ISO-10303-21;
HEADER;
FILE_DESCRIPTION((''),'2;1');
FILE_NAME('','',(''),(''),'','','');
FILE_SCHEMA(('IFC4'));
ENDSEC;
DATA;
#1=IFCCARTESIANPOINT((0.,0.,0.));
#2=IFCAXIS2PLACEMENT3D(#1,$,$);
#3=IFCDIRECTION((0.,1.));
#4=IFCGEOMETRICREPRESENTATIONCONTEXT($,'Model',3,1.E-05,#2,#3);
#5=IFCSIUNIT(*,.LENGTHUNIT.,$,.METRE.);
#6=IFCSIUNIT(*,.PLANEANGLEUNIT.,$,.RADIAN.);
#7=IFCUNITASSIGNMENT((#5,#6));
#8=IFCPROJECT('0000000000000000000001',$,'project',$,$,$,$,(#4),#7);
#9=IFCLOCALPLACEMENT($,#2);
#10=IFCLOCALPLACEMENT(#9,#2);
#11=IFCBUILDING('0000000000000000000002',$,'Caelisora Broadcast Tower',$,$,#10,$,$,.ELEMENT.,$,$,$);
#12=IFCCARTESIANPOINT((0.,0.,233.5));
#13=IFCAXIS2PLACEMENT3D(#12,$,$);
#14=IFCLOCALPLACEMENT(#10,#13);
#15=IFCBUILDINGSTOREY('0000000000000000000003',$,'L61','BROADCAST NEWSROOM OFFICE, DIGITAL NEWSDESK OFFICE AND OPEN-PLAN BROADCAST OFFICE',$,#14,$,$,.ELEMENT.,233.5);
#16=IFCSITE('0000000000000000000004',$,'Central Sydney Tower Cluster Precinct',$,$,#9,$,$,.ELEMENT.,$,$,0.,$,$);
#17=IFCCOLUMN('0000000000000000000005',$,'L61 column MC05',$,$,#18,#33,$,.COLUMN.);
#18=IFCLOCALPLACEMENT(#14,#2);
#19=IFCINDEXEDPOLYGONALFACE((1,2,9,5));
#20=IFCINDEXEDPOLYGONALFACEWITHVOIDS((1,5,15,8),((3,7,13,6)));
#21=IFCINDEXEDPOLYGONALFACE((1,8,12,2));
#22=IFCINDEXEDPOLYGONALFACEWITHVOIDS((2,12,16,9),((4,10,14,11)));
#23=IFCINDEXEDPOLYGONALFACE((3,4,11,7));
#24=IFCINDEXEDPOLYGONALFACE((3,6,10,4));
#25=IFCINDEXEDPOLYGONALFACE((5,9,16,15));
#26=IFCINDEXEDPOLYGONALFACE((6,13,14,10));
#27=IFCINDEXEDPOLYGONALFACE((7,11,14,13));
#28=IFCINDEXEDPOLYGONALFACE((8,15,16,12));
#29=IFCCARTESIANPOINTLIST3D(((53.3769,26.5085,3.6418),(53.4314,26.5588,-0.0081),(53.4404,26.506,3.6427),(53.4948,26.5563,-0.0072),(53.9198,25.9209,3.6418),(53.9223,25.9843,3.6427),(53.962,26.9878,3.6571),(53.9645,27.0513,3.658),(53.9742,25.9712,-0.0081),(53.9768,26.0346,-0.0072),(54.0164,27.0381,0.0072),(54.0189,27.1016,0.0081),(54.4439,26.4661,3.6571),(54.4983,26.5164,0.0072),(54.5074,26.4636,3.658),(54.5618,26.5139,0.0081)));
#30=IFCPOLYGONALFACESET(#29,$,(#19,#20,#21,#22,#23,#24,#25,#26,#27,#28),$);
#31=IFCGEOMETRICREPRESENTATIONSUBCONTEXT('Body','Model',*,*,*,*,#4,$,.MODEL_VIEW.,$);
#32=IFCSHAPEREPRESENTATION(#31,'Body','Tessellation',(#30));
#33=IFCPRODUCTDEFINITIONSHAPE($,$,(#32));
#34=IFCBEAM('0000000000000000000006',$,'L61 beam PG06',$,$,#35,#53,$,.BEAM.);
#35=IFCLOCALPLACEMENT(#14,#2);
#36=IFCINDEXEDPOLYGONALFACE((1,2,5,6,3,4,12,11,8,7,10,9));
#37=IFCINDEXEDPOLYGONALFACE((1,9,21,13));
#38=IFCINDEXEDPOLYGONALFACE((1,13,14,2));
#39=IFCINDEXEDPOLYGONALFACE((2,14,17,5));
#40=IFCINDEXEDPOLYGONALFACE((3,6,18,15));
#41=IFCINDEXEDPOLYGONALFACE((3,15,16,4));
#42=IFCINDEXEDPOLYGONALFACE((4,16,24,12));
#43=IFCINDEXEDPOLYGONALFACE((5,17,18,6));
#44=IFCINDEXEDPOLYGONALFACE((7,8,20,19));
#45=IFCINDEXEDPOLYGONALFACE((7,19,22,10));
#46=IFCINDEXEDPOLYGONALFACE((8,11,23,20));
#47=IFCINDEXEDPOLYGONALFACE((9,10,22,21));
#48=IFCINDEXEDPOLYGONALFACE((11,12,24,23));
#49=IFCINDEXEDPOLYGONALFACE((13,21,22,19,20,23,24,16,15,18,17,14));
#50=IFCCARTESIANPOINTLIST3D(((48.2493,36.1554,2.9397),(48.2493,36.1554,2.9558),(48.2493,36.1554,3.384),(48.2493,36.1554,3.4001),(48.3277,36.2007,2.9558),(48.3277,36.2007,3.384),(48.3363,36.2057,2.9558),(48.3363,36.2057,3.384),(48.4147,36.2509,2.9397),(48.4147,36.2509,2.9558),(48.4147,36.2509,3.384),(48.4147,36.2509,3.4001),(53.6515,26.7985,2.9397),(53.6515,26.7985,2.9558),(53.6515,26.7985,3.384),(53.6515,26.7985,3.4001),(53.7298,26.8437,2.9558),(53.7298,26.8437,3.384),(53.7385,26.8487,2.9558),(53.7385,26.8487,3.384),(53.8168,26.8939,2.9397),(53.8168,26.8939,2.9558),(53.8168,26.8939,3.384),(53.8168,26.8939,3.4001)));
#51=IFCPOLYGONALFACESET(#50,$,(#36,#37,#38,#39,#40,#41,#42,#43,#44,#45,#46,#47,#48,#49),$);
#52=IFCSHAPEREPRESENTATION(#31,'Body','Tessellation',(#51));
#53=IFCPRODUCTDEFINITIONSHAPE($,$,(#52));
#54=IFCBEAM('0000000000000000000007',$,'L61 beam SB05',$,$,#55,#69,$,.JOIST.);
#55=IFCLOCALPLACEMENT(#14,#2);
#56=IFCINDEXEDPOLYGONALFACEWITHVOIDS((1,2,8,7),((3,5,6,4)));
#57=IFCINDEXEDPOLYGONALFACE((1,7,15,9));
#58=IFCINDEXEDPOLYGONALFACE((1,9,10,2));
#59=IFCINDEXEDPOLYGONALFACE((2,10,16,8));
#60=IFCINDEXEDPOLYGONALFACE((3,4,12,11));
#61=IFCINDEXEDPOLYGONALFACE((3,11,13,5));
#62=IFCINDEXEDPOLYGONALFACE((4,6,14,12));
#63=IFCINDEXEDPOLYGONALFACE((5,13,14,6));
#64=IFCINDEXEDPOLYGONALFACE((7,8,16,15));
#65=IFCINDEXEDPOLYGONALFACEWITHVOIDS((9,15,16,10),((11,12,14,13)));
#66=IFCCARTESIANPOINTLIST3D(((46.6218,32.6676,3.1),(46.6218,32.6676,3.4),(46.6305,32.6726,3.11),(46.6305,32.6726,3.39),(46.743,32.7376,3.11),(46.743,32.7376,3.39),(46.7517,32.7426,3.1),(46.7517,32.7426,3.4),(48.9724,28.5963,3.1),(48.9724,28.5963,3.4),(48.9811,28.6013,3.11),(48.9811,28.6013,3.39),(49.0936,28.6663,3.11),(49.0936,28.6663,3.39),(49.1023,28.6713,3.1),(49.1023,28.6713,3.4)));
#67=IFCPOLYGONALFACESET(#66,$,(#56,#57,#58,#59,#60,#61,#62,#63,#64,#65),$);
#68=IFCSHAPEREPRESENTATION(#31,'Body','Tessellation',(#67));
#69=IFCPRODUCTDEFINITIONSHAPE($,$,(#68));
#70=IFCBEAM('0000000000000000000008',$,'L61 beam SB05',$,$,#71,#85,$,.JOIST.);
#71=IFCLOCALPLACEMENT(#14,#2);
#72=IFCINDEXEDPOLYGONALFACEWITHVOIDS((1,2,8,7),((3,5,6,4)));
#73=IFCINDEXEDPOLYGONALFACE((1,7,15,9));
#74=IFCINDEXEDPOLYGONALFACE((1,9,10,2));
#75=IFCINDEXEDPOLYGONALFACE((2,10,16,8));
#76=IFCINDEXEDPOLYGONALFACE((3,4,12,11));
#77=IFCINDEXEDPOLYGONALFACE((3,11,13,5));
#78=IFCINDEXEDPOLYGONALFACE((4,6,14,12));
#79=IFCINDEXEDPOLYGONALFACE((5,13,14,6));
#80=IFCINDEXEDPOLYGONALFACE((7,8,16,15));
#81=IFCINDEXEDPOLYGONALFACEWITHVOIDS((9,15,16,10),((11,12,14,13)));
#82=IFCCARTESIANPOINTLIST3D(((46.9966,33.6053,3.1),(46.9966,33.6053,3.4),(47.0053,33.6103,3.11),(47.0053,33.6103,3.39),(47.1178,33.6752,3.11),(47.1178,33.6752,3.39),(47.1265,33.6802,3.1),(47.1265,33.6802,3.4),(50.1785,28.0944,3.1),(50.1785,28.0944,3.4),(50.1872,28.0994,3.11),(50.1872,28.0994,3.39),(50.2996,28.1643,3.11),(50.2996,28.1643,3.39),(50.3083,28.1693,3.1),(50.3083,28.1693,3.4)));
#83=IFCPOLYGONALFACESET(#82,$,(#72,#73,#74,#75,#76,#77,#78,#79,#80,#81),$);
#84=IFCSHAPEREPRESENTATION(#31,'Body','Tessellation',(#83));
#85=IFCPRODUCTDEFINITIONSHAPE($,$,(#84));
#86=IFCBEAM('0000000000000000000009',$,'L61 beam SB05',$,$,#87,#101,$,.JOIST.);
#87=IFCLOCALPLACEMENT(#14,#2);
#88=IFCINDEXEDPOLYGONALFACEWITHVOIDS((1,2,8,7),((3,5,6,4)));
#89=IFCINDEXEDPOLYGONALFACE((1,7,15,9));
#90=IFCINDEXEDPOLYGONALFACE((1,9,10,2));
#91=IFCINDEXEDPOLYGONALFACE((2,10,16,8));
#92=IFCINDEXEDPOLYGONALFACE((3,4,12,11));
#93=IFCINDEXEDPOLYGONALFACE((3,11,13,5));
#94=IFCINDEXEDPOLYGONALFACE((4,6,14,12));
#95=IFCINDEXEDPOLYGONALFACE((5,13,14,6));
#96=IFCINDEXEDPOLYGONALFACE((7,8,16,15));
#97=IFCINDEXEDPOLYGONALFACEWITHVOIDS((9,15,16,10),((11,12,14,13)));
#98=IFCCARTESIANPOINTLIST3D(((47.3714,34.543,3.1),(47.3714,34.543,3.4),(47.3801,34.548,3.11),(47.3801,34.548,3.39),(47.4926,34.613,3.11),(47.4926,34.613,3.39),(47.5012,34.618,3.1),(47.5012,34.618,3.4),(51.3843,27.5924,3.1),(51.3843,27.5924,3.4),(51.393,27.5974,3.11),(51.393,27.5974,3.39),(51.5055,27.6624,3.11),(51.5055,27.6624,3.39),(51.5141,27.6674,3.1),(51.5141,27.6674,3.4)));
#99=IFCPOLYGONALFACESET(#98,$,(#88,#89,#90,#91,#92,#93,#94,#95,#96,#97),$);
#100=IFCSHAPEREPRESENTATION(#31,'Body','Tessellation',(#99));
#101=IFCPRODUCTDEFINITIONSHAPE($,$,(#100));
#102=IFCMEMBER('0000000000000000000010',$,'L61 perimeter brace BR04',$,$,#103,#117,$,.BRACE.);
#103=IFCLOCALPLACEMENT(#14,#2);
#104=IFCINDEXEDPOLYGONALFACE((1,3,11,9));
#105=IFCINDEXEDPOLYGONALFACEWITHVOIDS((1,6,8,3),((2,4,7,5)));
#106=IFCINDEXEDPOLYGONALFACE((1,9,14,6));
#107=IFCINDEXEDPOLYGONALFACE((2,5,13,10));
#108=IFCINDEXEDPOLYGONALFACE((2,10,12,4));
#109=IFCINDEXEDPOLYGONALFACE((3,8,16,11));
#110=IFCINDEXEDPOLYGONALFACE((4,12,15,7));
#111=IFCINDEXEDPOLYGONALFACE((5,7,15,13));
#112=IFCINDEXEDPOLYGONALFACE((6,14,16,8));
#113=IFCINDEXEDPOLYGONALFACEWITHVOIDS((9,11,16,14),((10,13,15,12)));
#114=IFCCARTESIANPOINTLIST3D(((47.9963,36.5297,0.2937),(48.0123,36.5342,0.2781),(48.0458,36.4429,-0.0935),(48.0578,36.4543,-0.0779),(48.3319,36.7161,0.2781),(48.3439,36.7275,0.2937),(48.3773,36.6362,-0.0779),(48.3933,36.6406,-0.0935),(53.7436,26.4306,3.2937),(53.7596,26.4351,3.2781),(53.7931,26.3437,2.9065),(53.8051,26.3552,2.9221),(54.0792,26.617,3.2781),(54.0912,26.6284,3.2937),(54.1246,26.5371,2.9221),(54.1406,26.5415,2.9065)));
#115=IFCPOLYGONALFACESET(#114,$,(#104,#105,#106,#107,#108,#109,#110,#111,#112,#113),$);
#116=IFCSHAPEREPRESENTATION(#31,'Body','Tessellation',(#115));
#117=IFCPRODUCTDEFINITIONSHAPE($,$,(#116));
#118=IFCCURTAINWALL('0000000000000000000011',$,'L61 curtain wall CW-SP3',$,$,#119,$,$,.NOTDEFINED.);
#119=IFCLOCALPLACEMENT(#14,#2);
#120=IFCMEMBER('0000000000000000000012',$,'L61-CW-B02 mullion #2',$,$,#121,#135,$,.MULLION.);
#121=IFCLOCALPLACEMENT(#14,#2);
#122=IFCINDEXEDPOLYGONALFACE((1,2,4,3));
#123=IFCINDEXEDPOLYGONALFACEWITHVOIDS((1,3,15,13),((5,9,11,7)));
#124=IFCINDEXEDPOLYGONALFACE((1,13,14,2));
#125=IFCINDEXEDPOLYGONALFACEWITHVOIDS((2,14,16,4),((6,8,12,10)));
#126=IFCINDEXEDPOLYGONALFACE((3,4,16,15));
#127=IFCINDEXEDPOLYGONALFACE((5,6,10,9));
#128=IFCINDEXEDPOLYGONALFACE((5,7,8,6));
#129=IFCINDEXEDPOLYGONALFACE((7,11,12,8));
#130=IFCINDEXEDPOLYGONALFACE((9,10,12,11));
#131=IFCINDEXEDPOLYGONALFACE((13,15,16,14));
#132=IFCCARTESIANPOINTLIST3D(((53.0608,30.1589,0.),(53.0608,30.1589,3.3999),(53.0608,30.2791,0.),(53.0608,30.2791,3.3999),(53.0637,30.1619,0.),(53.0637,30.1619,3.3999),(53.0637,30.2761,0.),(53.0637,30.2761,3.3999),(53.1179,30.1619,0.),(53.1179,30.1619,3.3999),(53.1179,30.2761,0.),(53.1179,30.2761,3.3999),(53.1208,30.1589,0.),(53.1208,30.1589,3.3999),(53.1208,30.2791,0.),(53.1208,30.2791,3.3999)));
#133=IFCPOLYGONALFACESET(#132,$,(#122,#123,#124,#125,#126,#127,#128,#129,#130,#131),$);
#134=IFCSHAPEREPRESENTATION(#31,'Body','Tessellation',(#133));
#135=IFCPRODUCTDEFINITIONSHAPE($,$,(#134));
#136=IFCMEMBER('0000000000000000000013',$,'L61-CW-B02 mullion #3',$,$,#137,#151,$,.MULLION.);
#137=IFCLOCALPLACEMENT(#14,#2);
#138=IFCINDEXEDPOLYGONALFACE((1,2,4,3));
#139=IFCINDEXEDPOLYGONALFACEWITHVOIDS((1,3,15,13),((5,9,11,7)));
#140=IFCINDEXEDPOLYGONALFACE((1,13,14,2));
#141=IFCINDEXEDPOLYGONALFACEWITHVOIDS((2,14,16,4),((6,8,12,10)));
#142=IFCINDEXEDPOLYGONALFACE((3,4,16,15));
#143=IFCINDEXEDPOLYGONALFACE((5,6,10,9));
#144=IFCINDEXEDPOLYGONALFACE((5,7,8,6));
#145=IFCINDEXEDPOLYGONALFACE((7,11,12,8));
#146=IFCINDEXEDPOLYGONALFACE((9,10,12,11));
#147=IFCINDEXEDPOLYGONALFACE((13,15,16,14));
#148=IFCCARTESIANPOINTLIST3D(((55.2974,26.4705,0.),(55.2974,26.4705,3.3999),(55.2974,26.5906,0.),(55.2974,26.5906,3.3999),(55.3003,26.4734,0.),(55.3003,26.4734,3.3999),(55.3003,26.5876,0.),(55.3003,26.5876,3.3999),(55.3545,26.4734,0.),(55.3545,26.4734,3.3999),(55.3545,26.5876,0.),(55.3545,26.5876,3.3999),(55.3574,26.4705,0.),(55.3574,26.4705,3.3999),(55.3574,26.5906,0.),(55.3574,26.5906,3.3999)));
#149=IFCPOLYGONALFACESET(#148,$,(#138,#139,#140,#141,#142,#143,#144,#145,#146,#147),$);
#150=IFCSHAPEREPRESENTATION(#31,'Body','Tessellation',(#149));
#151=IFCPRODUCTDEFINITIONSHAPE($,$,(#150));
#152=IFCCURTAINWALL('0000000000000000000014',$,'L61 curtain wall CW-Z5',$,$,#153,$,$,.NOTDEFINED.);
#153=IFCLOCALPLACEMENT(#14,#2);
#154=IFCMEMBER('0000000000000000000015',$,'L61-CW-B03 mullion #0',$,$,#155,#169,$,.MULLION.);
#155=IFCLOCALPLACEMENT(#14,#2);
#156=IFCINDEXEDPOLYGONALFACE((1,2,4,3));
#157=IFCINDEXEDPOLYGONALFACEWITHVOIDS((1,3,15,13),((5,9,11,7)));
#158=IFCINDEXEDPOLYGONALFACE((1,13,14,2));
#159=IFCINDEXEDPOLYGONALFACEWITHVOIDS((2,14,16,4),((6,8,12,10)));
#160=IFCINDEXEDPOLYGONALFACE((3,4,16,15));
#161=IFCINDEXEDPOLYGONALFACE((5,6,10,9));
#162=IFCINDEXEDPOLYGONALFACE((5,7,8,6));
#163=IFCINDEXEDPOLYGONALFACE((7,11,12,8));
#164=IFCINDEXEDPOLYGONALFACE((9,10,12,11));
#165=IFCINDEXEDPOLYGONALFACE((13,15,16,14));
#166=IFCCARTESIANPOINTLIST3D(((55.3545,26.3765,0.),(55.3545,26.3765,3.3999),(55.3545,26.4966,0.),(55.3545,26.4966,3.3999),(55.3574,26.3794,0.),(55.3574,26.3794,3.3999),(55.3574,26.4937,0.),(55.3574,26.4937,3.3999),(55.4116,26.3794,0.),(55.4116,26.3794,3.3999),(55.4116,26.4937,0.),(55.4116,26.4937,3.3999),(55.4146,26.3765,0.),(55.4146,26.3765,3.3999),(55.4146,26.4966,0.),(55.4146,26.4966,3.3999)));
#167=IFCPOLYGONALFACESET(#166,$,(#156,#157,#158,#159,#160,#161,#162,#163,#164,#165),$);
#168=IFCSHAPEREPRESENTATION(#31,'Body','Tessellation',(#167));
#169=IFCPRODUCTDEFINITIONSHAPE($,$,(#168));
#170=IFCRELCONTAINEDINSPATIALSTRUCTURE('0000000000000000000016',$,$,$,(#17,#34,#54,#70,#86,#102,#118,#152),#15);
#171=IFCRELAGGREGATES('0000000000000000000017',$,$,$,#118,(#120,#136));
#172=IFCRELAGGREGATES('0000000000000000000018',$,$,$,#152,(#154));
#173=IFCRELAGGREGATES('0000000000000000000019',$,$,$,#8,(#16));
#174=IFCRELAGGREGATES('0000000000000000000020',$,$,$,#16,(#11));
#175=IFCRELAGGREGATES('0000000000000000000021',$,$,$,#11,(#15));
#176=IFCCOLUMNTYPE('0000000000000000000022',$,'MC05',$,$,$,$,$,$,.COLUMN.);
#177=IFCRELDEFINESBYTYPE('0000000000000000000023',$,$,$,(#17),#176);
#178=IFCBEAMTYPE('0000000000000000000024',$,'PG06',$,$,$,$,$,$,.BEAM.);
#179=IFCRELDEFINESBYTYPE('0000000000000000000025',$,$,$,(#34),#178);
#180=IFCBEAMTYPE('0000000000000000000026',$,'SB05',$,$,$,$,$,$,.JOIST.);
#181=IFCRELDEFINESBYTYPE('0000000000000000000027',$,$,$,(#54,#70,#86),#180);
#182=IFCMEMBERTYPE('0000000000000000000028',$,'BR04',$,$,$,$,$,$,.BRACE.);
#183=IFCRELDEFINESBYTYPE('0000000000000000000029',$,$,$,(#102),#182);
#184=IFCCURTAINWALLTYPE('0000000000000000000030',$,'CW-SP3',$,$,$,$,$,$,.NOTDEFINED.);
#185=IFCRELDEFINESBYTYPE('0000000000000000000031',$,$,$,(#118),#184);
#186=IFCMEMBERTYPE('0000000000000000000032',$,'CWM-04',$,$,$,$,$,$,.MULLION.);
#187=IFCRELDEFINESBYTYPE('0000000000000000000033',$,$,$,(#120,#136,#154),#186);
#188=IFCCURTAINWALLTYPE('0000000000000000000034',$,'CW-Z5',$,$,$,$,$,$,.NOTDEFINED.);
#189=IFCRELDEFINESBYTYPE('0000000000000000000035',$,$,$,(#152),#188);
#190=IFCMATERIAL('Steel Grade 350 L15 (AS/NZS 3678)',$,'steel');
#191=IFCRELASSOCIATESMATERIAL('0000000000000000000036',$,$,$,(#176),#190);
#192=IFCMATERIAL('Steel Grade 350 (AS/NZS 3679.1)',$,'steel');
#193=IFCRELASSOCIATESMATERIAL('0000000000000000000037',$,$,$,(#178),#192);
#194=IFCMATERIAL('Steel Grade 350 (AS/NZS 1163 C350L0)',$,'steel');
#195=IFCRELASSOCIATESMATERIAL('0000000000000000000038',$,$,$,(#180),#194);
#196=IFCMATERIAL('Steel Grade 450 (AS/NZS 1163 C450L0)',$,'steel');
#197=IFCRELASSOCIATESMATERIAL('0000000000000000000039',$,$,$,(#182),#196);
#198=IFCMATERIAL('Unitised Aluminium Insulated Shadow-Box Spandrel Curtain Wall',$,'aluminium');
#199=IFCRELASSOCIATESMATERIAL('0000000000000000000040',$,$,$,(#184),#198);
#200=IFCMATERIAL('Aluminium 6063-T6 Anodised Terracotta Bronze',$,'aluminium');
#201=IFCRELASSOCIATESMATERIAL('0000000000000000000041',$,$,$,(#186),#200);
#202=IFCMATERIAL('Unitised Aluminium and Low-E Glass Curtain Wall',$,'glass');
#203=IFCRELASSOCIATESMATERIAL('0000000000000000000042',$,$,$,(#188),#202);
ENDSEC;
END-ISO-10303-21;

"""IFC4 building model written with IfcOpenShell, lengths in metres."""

from ifc_helpers import new_model, si_unit, direction, frame, origin, origin_2d, place, context, subcontext, project, spatial, hollow_rectangle, i_section, extrude, source, transform, mapped, material, material_profile, profile_set, type_object, type_shapes, element, aggregate, save


model = new_model("IFC4")

# Units and contexts
model_context = context("Model", 3, precision=1e-05, world=origin(), true_north=direction((0.0, 1.0)))
body_context = subcontext(model_context, "Body", "Model", "MODEL_VIEW")
ifc_project = project(units=[si_unit("LENGTHUNIT", "METRE"), si_unit("PLANEANGLEUNIT", "RADIAN")], contexts=[model_context])

# Site, building, storey
site_placement = place(None, origin())
site = spatial("IfcSite", under=ifc_project, at=site_placement, Name="Central Sydney Tower Cluster Precinct", CompositionType="ELEMENT", RefElevation=0.0)
building_placement = place(site_placement, origin())
building = spatial("IfcBuilding", under=site, at=building_placement, Name="Caelisora Broadcast Tower", CompositionType="ELEMENT")
storey_placement = place(building_placement, frame((0.0, 0.0, 233.5)))
storey = spatial("IfcBuildingStorey", under=building, at=storey_placement, Name="L61", Description="BROADCAST NEWSROOM OFFICE, DIGITAL NEWSDESK OFFICE AND OPEN-PLAN BROADCAST OFFICE", CompositionType="ELEMENT", Elevation=233.5)

# Column
ifc_material_1 = material(Name="Steel Grade 350 L15 (AS/NZS 3678)", Category="steel")
ifc_material_profile_1 = material_profile(ifc_material_1, hollow_rectangle(XDim=0.8, YDim=0.8, WallThickness=0.0449, at=origin_2d()), Name="Steel Grade 350 L15 (AS/NZS 3678)")
ifc_profile_set_1 = profile_set([ifc_material_profile_1], Name="Steel Grade 350 L15 (AS/NZS 3678)")
column_type = type_object("IfcColumnType", Name="MC05", PredefinedType="COLUMN", material=ifc_profile_set_1)
shared_shape_1 = source(origin(), body_context, "Body", "SweptSolid", [
    extrude(hollow_rectangle(XDim=0.8, YDim=0.8, WallThickness=0.0449, at=origin_2d()), origin(), (0.0, 0.0, 1.0), 3.6506),
])
type_shapes(column_type, [shared_shape_1])
column_placement = place(storey_placement, frame((53.9966, 26.5364, 0.0), z_axis=(-0.014913, -0.013776, 0.999794), x_axis=(0.678554, -0.734551, 0.0)))
element("IfcColumn", 1, at=column_placement, inside=storey, type_object=column_type, Name="L61 column MC05", PredefinedType="COLUMN", context=body_context, shape_type="MappedRepresentation", body=[
    mapped(shared_shape_1, transform((0.0, 0.0, 0.0), scale=1.0)),
])

# Beams
ifc_material_2 = material(Name="Steel Grade 350 (AS/NZS 3679.1)", Category="steel")
ifc_material_profile_2 = material_profile(ifc_material_2, i_section(OverallWidth=0.1909, OverallDepth=0.4604, WebThickness=0.01, FlangeThickness=0.0161, at=origin_2d()), Name="Steel Grade 350 (AS/NZS 3679.1)")
ifc_profile_set_2 = profile_set([ifc_material_profile_2], Name="Steel Grade 350 (AS/NZS 3679.1)")
beam_type_1 = type_object("IfcBeamType", Name="PG06", PredefinedType="BEAM", material=ifc_profile_set_2)
shared_shape_2 = source(origin(), body_context, "Body", "SweptSolid", [
    extrude(i_section(OverallWidth=0.1909, OverallDepth=0.4604, WebThickness=0.01, FlangeThickness=0.0161, at=origin_2d()), origin(), (0.0, 0.0, 1.0), 10.8044),
])
type_shapes(beam_type_1, [shared_shape_2])
beam_1_placement = place(storey_placement, frame((53.7341, 26.8462, 3.1699), z_axis=(-0.499991, 0.866031, 0.0), x_axis=(-0.866031, -0.499991, 0.0)))
element("IfcBeam", 2, at=beam_1_placement, inside=storey, type_object=beam_type_1, Name="L61 beam PG06", PredefinedType="BEAM", context=body_context, shape_type="MappedRepresentation", body=[
    mapped(shared_shape_2, transform((0.0, 0.0, 0.0), scale=1.0)),
])
ifc_material_3 = material(Name="Steel Grade 350 (AS/NZS 1163 C350L0)", Category="steel")
ifc_material_profile_3 = material_profile(ifc_material_3, hollow_rectangle(XDim=0.1499, YDim=0.3, WallThickness=0.01, at=origin_2d()), Name="Steel Grade 350 (AS/NZS 1163 C350L0)")
ifc_profile_set_3 = profile_set([ifc_material_profile_3], Name="Steel Grade 350 (AS/NZS 1163 C350L0)")
beam_type_2 = type_object("IfcBeamType", Name="SB05", PredefinedType="JOIST", material=ifc_profile_set_3)
shared_shape_3 = source(origin(), body_context, "Body", "SweptSolid", [
    extrude(hollow_rectangle(XDim=0.1499, YDim=0.3, WallThickness=0.01, at=origin_2d()), origin(), (0.0, 0.0, 1.0), 4.7012),
])
beam_2_placement = place(storey_placement, frame((49.0374, 28.6338, 3.25), z_axis=(-0.500004, 0.866023, 0.0), x_axis=(-0.866023, -0.500004, 0.0)))
element("IfcBeam", 3, at=beam_2_placement, inside=storey, type_object=beam_type_2, Name="L61 beam SB05", PredefinedType="JOIST", context=body_context, shape_type="MappedRepresentation", body=[
    mapped(shared_shape_3, transform((0.0, 0.0, 0.0), scale=1.0)),
])
shared_shape_4 = source(origin(), body_context, "Body", "SweptSolid", [
    extrude(hollow_rectangle(XDim=0.1499, YDim=0.3, WallThickness=0.01, at=origin_2d()), origin(), (0.0, 0.0, 1.0), 6.3635),
])
beam_3_placement = place(storey_placement, frame((50.2434, 28.1318, 3.25), z_axis=(-0.500014, 0.866018, 0.0), x_axis=(-0.866018, -0.500014, 0.0)))
element("IfcBeam", 4, at=beam_3_placement, inside=storey, type_object=beam_type_2, Name="L61 beam SB05", PredefinedType="JOIST", context=body_context, shape_type="MappedRepresentation", body=[
    mapped(shared_shape_4, transform((0.0, 0.0, 0.0), scale=1.0)),
])
shared_shape_5 = source(origin(), body_context, "Body", "SweptSolid", [
    extrude(hollow_rectangle(XDim=0.1499, YDim=0.3, WallThickness=0.01, at=origin_2d()), origin(), (0.0, 0.0, 1.0), 8.0259),
])
type_shapes(beam_type_2, [shared_shape_3, shared_shape_4, shared_shape_5])
beam_4_placement = place(storey_placement, frame((51.4492, 27.6299, 3.25), z_axis=(-0.499996, 0.866028, 0.0), x_axis=(-0.866028, -0.499996, 0.0)))
element("IfcBeam", 5, at=beam_4_placement, inside=storey, type_object=beam_type_2, Name="L61 beam SB05", PredefinedType="JOIST", context=body_context, shape_type="MappedRepresentation", body=[
    mapped(shared_shape_5, transform((0.0, 0.0, 0.0), scale=1.0)),
])

# Member
ifc_material_4 = material(Name="Steel Grade 450 (AS/NZS 1163 C450L0)", Category="steel")
ifc_material_profile_4 = material_profile(ifc_material_4, hollow_rectangle(XDim=0.3999, YDim=0.3999, WallThickness=0.0161, at=origin_2d()), Name="Steel Grade 450 (AS/NZS 1163 C450L0)")
ifc_profile_set_4 = profile_set([ifc_material_profile_4], Name="Steel Grade 450 (AS/NZS 1163 C450L0)")
member_type_1 = type_object("IfcMemberType", Name="BR04", PredefinedType="BRACE", material=ifc_profile_set_4)
shared_shape_6 = source(origin(), body_context, "Body", "SweptSolid", [
    extrude(hollow_rectangle(XDim=0.3999, YDim=0.3999, WallThickness=0.0161, at=origin_2d()), origin(), (0.0, 0.0, 1.0), 12.001),
])
type_shapes(member_type_1, [shared_shape_6])
member_1_placement = place(storey_placement, frame((53.9421, 26.4861, 3.1001), z_axis=(-0.478903, 0.841524, -0.249979), x_axis=(-0.869117, -0.494606, 0.0)))
element("IfcMember", 6, at=member_1_placement, inside=storey, type_object=member_type_1, Name="L61 perimeter brace BR04", PredefinedType="BRACE", context=body_context, shape_type="MappedRepresentation", body=[
    mapped(shared_shape_6, transform((0.0, 0.0, 0.0), scale=1.0)),
])

# Curtain walls, members
ifc_material_5 = material(Name="Unitised Aluminium Insulated Shadow-Box Spandrel Curtain Wall", Category="aluminium")
curtain_wall_type_1 = type_object("IfcCurtainWallType", Name="CW-SP3", PredefinedType="NOTDEFINED", material=ifc_material_5)
curtain_wall_1_placement = place(storey_placement, origin())
curtain_wall_1 = element("IfcCurtainWall", 7, at=curtain_wall_1_placement, inside=storey, type_object=curtain_wall_type_1, Name="L61 curtain wall CW-SP3", PredefinedType="NOTDEFINED")
ifc_material_6 = material(Name="Aluminium 6063-T6 Anodised Terracotta Bronze", Category="aluminium")
ifc_material_profile_5 = material_profile(ifc_material_6, hollow_rectangle(XDim=0.0601, YDim=0.1201, WallThickness=0.0029, at=origin_2d()), Name="Aluminium 6063-T6 Anodised Terracotta Bronze")
ifc_profile_set_5 = profile_set([ifc_material_profile_5], Name="Aluminium 6063-T6 Anodised Terracotta Bronze")
member_type_2 = type_object("IfcMemberType", Name="CWM-04", PredefinedType="MULLION", material=ifc_profile_set_5)
shared_shape_7 = source(origin(), body_context, "Body", "SweptSolid", [
    extrude(hollow_rectangle(XDim=0.0601, YDim=0.1201, WallThickness=0.0029, at=origin_2d()), origin(), (0.0, 0.0, 1.0), 3.3999),
])
type_shapes(member_type_2, [shared_shape_7])
member_2_placement = place(storey_placement, frame((53.0908, 30.219, 0.0), z_axis=(0.0, 0.0, 1.0), x_axis=(1.0, 0.0, 0.0)))
member_2 = element("IfcMember", 8, at=member_2_placement, type_object=member_type_2, Name="L61-CW-B02 mullion #2", PredefinedType="MULLION", context=body_context, shape_type="MappedRepresentation", body=[
    mapped(shared_shape_7, transform((0.0, 0.0, 0.0), scale=1.0)),
])
member_3_placement = place(storey_placement, frame((55.3274, 26.5305, 0.0), z_axis=(0.0, 0.0, 1.0), x_axis=(1.0, 0.0, 0.0)))
member_3 = element("IfcMember", 9, at=member_3_placement, type_object=member_type_2, Name="L61-CW-B02 mullion #3", PredefinedType="MULLION", context=body_context, shape_type="MappedRepresentation", body=[
    mapped(shared_shape_7, transform((0.0, 0.0, 0.0), scale=1.0)),
])
ifc_material_7 = material(Name="Unitised Aluminium and Low-E Glass Curtain Wall", Category="glass")
curtain_wall_type_2 = type_object("IfcCurtainWallType", Name="CW-Z5", PredefinedType="NOTDEFINED", material=ifc_material_7)
curtain_wall_2_placement = place(storey_placement, origin())
curtain_wall_2 = element("IfcCurtainWall", 10, at=curtain_wall_2_placement, inside=storey, type_object=curtain_wall_type_2, Name="L61 curtain wall CW-Z5", PredefinedType="NOTDEFINED")
member_4_placement = place(storey_placement, frame((55.3845, 26.4365, 0.0), z_axis=(0.0, 0.0, 1.0), x_axis=(1.0, 0.0, 0.0)))
member_4 = element("IfcMember", 11, at=member_4_placement, type_object=member_type_2, Name="L61-CW-B03 mullion #0", PredefinedType="MULLION", context=body_context, shape_type="MappedRepresentation", body=[
    mapped(shared_shape_7, transform((0.0, 0.0, 0.0), scale=1.0)),
])

aggregate(curtain_wall_1, [member_2, member_3])
aggregate(curtain_wall_2, [member_4])

save(model, "model.ifc")
